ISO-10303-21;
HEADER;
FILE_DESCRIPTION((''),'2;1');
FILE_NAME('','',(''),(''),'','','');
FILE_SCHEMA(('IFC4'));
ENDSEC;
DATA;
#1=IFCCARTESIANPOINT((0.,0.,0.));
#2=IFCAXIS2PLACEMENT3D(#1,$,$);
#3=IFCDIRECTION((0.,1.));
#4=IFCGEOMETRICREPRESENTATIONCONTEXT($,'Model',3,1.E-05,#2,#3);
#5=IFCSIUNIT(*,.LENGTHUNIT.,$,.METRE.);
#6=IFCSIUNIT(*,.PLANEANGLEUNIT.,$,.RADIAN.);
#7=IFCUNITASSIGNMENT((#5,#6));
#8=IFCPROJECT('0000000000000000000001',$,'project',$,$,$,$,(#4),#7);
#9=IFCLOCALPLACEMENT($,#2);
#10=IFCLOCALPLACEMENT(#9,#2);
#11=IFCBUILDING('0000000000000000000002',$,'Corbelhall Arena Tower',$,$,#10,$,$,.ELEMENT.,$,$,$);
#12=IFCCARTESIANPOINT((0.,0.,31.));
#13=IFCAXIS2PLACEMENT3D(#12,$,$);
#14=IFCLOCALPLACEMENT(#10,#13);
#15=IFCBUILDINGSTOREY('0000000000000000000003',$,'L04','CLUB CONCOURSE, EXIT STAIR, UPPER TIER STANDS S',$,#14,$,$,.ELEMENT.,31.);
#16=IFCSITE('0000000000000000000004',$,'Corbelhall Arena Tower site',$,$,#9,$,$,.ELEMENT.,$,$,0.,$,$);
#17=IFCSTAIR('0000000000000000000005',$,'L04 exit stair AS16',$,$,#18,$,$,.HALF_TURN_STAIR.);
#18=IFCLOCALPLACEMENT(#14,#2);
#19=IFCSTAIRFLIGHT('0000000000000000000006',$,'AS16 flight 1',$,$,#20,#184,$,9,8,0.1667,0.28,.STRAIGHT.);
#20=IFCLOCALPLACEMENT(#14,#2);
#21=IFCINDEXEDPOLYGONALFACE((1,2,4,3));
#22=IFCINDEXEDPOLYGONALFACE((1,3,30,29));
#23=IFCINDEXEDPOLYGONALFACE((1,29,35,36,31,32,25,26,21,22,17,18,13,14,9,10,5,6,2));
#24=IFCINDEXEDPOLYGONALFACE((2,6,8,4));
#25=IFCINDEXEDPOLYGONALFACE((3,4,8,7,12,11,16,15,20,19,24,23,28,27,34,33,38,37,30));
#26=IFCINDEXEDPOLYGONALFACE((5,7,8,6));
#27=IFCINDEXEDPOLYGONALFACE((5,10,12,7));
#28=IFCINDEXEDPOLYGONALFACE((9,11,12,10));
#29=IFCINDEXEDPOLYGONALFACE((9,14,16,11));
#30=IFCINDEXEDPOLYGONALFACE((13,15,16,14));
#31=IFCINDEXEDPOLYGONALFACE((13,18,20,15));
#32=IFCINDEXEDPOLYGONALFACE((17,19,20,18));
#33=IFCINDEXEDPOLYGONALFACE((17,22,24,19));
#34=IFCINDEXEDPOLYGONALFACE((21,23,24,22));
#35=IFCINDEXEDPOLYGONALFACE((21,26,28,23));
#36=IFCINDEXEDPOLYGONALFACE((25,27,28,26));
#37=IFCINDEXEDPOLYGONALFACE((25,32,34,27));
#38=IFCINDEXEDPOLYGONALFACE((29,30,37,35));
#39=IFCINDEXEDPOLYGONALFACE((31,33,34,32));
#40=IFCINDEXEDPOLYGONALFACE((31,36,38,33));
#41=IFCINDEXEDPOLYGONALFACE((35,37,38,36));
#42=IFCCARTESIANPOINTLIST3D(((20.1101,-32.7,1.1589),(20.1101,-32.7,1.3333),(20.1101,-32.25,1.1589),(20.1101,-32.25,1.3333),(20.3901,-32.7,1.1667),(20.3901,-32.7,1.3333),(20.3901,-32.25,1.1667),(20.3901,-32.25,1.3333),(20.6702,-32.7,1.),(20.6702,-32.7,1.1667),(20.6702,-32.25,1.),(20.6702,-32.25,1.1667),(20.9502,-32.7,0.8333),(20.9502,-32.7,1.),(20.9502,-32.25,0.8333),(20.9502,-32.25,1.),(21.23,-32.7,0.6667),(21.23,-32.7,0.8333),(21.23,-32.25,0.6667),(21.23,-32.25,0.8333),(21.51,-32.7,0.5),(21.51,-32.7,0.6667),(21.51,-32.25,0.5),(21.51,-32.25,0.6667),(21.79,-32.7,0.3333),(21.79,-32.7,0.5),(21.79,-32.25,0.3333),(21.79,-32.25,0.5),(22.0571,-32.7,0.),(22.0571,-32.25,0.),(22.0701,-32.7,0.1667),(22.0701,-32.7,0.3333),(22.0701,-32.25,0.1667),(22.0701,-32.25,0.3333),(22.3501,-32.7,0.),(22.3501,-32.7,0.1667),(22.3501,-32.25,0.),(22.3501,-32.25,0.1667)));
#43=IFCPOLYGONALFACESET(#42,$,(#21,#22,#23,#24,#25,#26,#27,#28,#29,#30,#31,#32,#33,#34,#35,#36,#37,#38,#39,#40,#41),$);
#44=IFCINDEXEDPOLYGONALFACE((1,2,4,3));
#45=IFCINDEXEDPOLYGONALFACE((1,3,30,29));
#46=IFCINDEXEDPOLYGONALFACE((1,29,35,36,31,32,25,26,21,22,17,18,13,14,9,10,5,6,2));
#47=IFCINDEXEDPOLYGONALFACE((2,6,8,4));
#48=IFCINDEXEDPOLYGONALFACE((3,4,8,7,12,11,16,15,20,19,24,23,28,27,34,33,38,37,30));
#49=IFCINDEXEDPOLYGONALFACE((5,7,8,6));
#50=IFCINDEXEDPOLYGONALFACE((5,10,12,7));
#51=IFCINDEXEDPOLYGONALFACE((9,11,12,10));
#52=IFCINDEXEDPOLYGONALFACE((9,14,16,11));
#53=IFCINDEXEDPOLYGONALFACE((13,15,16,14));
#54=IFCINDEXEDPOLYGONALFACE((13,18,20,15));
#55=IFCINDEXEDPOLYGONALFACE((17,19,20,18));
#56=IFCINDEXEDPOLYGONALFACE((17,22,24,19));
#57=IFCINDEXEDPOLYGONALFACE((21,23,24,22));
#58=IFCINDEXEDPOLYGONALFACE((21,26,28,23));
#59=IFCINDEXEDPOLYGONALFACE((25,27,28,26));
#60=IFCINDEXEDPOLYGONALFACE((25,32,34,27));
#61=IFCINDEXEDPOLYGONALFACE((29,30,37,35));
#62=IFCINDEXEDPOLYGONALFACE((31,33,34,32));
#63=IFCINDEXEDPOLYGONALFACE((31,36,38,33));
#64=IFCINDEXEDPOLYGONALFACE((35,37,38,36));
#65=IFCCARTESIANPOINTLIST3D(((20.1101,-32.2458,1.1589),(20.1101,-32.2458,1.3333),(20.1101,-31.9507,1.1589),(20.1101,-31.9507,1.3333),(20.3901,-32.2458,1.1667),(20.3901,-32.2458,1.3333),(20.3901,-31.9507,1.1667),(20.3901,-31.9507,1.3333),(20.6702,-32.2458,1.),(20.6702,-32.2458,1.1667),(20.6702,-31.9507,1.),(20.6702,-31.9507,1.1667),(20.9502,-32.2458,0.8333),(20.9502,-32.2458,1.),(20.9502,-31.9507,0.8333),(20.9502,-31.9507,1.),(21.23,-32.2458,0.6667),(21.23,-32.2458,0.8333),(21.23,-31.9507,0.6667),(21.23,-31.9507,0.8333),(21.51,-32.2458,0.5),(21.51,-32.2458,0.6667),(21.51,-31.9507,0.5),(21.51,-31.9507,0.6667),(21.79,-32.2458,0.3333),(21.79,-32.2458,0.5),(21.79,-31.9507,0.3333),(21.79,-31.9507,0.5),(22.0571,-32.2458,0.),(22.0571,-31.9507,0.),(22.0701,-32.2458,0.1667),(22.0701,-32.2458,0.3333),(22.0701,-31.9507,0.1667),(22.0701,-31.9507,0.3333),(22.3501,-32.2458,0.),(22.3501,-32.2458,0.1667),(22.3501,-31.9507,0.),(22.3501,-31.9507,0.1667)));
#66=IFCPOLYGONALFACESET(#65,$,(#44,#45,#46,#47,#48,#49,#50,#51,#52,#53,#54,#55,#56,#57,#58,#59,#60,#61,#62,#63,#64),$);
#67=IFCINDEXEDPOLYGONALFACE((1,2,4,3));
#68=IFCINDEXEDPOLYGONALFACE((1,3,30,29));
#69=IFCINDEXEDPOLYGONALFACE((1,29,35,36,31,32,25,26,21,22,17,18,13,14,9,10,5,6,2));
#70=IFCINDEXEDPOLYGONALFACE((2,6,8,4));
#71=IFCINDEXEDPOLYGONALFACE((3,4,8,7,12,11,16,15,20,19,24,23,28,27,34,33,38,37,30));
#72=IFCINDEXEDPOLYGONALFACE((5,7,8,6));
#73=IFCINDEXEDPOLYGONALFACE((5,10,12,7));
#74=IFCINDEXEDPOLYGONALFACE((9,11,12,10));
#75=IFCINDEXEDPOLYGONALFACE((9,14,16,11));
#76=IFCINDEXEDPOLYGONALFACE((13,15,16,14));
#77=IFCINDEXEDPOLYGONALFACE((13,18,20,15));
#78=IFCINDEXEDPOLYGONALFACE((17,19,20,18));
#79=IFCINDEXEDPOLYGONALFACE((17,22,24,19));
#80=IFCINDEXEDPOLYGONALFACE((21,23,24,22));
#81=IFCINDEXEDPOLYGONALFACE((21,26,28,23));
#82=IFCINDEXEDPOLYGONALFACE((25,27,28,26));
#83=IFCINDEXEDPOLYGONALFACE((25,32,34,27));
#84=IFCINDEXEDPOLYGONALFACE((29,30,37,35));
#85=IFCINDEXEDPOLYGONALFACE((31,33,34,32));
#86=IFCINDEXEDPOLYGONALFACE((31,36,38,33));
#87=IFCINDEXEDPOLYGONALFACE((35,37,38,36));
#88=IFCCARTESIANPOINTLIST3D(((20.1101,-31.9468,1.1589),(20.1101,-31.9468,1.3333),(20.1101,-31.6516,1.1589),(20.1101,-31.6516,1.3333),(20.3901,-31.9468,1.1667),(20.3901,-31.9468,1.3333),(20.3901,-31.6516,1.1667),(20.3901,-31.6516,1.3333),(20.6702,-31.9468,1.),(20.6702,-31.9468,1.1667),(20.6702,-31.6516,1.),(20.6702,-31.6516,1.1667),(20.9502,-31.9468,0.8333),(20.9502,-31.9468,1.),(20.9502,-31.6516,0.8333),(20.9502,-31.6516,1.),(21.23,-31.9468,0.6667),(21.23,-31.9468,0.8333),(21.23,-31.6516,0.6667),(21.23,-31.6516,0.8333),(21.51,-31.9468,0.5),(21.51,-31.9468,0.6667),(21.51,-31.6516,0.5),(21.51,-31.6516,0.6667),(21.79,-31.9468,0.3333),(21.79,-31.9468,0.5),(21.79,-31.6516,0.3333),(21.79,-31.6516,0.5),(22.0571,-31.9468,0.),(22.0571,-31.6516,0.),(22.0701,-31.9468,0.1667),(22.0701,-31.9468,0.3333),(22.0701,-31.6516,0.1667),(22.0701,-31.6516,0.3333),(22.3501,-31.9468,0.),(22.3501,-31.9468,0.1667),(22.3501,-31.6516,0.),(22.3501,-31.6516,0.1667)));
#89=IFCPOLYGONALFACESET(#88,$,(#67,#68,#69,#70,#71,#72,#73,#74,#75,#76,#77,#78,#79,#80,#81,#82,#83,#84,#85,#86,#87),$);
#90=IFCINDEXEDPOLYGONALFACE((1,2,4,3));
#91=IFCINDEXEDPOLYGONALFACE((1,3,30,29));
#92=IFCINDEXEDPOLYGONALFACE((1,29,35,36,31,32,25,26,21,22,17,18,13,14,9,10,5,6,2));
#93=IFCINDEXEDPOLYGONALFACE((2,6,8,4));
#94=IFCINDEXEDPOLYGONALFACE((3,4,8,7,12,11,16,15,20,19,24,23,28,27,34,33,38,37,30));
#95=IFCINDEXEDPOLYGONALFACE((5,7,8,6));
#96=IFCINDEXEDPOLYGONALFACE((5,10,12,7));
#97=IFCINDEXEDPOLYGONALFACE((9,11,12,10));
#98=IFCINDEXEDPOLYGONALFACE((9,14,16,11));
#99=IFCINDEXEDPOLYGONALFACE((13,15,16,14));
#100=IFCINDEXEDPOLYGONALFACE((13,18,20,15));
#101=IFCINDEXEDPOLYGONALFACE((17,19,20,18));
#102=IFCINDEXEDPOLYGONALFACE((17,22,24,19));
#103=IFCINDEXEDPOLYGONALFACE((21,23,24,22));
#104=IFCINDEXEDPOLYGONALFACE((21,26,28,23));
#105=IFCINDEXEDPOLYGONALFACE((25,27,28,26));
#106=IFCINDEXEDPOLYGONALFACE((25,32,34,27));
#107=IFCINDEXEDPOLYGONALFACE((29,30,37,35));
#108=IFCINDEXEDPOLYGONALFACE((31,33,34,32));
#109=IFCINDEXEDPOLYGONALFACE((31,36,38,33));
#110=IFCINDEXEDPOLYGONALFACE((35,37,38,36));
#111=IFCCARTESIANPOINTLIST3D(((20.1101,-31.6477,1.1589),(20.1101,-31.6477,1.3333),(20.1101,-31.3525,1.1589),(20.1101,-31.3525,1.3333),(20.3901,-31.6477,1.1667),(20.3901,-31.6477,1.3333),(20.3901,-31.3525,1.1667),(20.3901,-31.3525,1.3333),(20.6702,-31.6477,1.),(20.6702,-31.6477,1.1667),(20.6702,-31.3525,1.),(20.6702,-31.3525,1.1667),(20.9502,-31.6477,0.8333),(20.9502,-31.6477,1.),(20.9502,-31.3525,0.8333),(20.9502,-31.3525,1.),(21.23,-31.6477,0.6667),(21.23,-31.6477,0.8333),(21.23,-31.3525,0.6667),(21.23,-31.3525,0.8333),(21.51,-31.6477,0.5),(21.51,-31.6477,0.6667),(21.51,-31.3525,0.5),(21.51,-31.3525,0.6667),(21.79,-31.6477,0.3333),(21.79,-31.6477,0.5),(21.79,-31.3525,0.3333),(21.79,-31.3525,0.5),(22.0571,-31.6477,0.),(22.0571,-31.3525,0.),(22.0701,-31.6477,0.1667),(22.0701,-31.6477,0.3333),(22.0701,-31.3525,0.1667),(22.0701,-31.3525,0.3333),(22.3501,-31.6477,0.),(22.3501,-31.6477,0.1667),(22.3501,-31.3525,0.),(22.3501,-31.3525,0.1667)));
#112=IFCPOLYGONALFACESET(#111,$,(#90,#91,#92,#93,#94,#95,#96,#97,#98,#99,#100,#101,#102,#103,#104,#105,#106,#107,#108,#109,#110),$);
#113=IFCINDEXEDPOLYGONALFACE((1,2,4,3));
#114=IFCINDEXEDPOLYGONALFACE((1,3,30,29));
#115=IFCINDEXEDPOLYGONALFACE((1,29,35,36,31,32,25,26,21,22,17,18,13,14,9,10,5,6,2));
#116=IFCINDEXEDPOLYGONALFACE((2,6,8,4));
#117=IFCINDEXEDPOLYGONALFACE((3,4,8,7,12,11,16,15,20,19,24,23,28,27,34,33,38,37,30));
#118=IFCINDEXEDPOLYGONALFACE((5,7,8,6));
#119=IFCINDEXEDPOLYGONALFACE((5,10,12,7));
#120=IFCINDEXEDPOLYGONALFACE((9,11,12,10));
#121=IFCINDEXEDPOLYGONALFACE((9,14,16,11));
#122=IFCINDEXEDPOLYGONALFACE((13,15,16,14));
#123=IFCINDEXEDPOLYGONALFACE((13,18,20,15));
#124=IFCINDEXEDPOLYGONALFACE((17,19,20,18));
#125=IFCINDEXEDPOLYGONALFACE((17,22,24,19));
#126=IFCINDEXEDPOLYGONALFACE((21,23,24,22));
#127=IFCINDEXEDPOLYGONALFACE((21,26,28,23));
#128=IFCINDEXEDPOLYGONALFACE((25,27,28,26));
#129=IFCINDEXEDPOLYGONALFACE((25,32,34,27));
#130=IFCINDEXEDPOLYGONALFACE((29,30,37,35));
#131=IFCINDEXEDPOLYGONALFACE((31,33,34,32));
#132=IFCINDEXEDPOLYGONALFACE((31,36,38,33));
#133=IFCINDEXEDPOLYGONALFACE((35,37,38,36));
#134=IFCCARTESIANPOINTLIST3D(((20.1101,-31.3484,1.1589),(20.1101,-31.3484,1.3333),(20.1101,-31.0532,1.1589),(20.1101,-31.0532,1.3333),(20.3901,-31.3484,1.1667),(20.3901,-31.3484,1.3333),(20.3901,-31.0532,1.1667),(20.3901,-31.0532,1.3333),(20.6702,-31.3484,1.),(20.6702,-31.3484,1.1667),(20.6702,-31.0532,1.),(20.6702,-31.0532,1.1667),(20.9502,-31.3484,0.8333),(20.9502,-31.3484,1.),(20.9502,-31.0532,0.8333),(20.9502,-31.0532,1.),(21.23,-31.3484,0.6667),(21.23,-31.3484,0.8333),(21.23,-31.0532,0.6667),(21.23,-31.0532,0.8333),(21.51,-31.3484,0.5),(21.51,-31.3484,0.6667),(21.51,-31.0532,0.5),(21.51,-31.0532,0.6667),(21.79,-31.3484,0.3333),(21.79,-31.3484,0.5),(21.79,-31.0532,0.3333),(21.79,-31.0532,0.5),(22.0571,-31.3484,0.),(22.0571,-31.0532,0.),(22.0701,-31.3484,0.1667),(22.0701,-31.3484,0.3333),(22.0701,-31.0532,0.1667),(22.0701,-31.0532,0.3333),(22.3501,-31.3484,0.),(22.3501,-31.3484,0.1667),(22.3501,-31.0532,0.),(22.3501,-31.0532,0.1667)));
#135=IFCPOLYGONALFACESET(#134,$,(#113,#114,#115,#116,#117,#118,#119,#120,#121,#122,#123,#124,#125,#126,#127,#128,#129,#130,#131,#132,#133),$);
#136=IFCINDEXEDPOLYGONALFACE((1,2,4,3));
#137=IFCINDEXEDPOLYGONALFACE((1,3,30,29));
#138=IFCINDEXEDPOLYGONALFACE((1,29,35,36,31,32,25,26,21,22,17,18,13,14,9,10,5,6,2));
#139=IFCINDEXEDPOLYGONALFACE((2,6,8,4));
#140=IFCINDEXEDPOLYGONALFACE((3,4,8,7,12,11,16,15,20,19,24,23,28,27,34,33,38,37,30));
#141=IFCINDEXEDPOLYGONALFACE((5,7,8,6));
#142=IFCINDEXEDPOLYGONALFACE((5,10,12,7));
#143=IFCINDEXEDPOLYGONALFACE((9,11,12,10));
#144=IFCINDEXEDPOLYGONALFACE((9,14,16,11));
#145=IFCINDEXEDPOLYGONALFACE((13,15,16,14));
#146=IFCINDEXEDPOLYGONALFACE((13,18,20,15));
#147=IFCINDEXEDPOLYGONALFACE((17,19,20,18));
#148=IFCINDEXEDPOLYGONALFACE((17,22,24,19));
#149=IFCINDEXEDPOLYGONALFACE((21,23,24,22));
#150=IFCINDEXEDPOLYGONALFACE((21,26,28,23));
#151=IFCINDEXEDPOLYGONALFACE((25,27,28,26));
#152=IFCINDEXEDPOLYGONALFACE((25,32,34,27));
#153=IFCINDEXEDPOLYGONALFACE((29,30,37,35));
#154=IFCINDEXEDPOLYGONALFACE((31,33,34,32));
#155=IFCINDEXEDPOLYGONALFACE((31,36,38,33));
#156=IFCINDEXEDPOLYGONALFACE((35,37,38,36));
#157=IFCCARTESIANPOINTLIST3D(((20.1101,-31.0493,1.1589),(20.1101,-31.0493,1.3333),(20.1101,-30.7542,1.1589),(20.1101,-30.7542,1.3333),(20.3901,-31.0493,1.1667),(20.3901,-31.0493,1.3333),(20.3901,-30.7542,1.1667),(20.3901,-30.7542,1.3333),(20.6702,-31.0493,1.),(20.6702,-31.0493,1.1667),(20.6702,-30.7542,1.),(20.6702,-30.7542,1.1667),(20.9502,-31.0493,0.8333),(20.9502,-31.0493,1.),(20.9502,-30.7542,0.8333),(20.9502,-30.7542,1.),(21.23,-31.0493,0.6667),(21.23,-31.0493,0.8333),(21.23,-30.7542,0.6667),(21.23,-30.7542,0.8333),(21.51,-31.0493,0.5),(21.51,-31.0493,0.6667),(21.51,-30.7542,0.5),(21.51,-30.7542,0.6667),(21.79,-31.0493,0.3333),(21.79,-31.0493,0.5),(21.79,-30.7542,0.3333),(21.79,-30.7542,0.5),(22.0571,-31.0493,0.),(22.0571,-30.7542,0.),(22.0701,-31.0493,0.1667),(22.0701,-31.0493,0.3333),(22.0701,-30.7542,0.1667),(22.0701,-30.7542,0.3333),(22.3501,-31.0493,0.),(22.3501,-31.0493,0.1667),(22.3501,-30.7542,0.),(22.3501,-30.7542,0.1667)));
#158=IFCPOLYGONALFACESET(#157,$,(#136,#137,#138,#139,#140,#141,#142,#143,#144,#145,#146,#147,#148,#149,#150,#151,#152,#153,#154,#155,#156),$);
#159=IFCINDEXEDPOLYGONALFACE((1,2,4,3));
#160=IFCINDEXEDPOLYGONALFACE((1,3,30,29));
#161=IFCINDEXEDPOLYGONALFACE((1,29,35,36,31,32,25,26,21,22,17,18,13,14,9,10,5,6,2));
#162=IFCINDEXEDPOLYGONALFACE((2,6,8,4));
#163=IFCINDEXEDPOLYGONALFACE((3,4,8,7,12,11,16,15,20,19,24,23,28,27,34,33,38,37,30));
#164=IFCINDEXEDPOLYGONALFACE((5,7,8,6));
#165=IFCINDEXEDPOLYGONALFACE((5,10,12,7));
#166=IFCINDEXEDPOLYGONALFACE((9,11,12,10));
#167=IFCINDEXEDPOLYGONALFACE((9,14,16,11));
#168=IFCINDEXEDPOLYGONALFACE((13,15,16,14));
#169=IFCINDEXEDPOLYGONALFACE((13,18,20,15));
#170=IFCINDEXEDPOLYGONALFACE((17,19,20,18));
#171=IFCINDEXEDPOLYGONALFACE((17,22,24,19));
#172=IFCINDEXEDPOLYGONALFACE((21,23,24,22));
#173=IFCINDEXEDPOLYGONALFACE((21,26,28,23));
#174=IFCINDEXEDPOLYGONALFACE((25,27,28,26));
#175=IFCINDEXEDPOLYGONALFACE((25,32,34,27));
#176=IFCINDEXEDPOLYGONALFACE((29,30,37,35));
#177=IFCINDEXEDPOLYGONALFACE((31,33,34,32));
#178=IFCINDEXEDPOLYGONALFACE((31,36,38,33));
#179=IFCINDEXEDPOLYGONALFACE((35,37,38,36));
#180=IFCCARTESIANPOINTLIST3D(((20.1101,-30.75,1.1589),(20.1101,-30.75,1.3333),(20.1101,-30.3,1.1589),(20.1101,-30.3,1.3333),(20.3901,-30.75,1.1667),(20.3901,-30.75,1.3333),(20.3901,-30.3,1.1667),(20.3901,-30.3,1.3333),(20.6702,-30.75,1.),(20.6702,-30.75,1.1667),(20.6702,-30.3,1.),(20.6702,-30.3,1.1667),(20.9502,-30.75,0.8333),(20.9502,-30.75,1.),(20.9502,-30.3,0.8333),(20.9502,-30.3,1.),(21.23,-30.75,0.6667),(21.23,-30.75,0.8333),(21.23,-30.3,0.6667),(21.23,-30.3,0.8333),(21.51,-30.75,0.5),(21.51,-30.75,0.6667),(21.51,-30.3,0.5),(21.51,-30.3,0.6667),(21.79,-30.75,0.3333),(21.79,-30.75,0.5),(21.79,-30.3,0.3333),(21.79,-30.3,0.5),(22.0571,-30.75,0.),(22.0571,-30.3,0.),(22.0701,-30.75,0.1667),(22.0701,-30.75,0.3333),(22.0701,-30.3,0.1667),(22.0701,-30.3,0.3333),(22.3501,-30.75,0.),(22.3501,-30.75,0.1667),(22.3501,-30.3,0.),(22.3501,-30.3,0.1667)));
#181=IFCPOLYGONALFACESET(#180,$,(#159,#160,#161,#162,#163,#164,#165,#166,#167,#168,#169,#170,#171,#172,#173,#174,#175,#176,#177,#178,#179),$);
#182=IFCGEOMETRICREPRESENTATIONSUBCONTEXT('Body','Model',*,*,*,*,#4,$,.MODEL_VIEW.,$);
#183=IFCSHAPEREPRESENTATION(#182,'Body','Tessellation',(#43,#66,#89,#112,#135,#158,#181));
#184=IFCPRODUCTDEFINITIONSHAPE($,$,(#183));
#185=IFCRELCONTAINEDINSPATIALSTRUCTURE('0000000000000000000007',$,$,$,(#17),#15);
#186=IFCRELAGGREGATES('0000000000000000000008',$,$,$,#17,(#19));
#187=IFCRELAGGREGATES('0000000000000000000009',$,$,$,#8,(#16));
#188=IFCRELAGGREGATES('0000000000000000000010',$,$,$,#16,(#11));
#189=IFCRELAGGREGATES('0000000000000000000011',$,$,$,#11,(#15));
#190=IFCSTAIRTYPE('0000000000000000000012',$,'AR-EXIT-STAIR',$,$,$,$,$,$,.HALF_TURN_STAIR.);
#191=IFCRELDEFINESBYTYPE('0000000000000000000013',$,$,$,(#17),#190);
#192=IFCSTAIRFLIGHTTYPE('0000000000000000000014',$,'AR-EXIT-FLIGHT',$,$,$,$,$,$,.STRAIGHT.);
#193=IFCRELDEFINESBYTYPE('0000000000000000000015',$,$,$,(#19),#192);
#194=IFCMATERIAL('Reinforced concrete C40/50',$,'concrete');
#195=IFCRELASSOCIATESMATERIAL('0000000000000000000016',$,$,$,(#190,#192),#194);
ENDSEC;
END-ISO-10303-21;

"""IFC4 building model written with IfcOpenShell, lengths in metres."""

from ifc_helpers import new_model, si_unit, direction, frame, origin, place, context, subcontext, project, spatial, polyline, outline, extrude, material, type_object, element, aggregate, save


model = new_model("IFC4")

# Units and contexts
model_context = context("Model", 3, precision=1e-05, world=origin(), true_north=direction((0.0, 1.0)))
body_context = subcontext(model_context, "Body", "Model", "MODEL_VIEW")
ifc_project = project(units=[si_unit("LENGTHUNIT", "METRE"), si_unit("PLANEANGLEUNIT", "RADIAN")], contexts=[model_context])

# Site, building, storey
site_placement = place(None, origin())
site = spatial("IfcSite", under=ifc_project, at=site_placement, Name="Corbelhall Arena Tower site", CompositionType="ELEMENT", RefElevation=0.0)
building_placement = place(site_placement, origin())
building = spatial("IfcBuilding", under=site, at=building_placement, Name="Corbelhall Arena Tower", CompositionType="ELEMENT")
storey_placement = place(building_placement, frame((0.0, 0.0, 31.0)))
storey = spatial("IfcBuildingStorey", under=building, at=storey_placement, Name="L04", Description="CLUB CONCOURSE, EXIT STAIR, UPPER TIER STANDS S", CompositionType="ELEMENT", Elevation=31.0)

# Shared definitions
ifc_material_1 = material(Name="Reinforced concrete C40/50", Category="concrete")

# Stair, stair flight
stair_type = type_object("IfcStairType", Name="AR-EXIT-STAIR", PredefinedType="HALF_TURN_STAIR", material=ifc_material_1)
stair_flight_type = type_object("IfcStairFlightType", Name="AR-EXIT-FLIGHT", PredefinedType="STRAIGHT", material=ifc_material_1)
stair_1_placement = place(storey_placement, origin())
stair_1 = element("IfcStair", 1, at=stair_1_placement, inside=storey, type_object=stair_type, Name="L04 exit stair AS16", PredefinedType="HALF_TURN_STAIR")
stair_flight_1_placement = place(storey_placement, frame((22.3501, -31.5, 0.0), z_axis=(0.0, 0.0, 1.0), x_axis=(-1.0, 0.0, 0.0)))
stair_flight_1 = element("IfcStairFlight", 2, at=stair_flight_1_placement, type_object=stair_flight_type, Name="AS16 flight 1", NumberOfRisers=9, NumberOfTreads=8, PredefinedType="STRAIGHT", RiserHeight=0.1667, TreadLength=0.28, context=body_context, shape_type="SweptSolid", body=[
    extrude(outline(polyline([(0.0, 0.0), (0.0, 0.1667), (0.28, 0.1667), (0.28, 0.3333), (0.5601, 0.3333), (0.5601, 0.5), (0.8401, 0.5), (0.8401, 0.6667), (1.1201, 0.6667), (1.1201, 0.8333), (1.3999, 0.8333), (1.3999, 1.0), (1.6799, 1.0), (1.6799, 1.1667), (1.96, 1.1667), (1.96, 1.3333), (2.24, 1.3333), (2.24, 1.5), (2.24, 1.1589), (0.293, 0.0), (0.0, 0.0)])), frame((0.0, 1.2, 0.0), z_axis=(0.0, -1.0, 0.0), x_axis=(1.0, 0.0, 0.0)), (0.0, 0.0, 1.0), 0.45),
    extrude(outline(polyline([(0.0, 0.0), (0.0, 0.1667), (0.28, 0.1667), (0.28, 0.3333), (0.5601, 0.3333), (0.5601, 0.5), (0.8401, 0.5), (0.8401, 0.6667), (1.1201, 0.6667), (1.1201, 0.8333), (1.3999, 0.8333), (1.3999, 1.0), (1.6799, 1.0), (1.6799, 1.1667), (1.96, 1.1667), (1.96, 1.3333), (2.24, 1.3333), (2.24, 1.5), (2.24, 1.1589), (0.293, 0.0), (0.0, 0.0)])), frame((0.0, 0.7458, 0.0), z_axis=(0.0, -1.0, 0.0), x_axis=(1.0, 0.0, 0.0)), (0.0, 0.0, 1.0), 0.2952),
    extrude(outline(polyline([(0.0, 0.0), (0.0, 0.1667), (0.28, 0.1667), (0.28, 0.3333), (0.5601, 0.3333), (0.5601, 0.5), (0.8401, 0.5), (0.8401, 0.6667), (1.1201, 0.6667), (1.1201, 0.8333), (1.3999, 0.8333), (1.3999, 1.0), (1.6799, 1.0), (1.6799, 1.1667), (1.96, 1.1667), (1.96, 1.3333), (2.24, 1.3333), (2.24, 1.5), (2.24, 1.1589), (0.293, 0.0), (0.0, 0.0)])), frame((0.0, 0.4468, 0.0), z_axis=(0.0, -1.0, 0.0), x_axis=(1.0, 0.0, 0.0)), (0.0, 0.0, 1.0), 0.2952),
    extrude(outline(polyline([(0.0, 0.0), (0.0, 0.1667), (0.28, 0.1667), (0.28, 0.3333), (0.5601, 0.3333), (0.5601, 0.5), (0.8401, 0.5), (0.8401, 0.6667), (1.1201, 0.6667), (1.1201, 0.8333), (1.3999, 0.8333), (1.3999, 1.0), (1.6799, 1.0), (1.6799, 1.1667), (1.96, 1.1667), (1.96, 1.3333), (2.24, 1.3333), (2.24, 1.5), (2.24, 1.1589), (0.293, 0.0), (0.0, 0.0)])), frame((0.0, 0.1477, 0.0), z_axis=(0.0, -1.0, 0.0), x_axis=(1.0, 0.0, 0.0)), (0.0, 0.0, 1.0), 0.2952),
    extrude(outline(polyline([(0.0, 0.0), (0.0, 0.1667), (0.28, 0.1667), (0.28, 0.3333), (0.5601, 0.3333), (0.5601, 0.5), (0.8401, 0.5), (0.8401, 0.6667), (1.1201, 0.6667), (1.1201, 0.8333), (1.3999, 0.8333), (1.3999, 1.0), (1.6799, 1.0), (1.6799, 1.1667), (1.96, 1.1667), (1.96, 1.3333), (2.24, 1.3333), (2.24, 1.5), (2.24, 1.1589), (0.293, 0.0), (0.0, 0.0)])), frame((0.0, -0.1516, 0.0), z_axis=(0.0, -1.0, 0.0), x_axis=(1.0, 0.0, 0.0)), (0.0, 0.0, 1.0), 0.2952),
    extrude(outline(polyline([(0.0, 0.0), (0.0, 0.1667), (0.28, 0.1667), (0.28, 0.3333), (0.5601, 0.3333), (0.5601, 0.5), (0.8401, 0.5), (0.8401, 0.6667), (1.1201, 0.6667), (1.1201, 0.8333), (1.3999, 0.8333), (1.3999, 1.0), (1.6799, 1.0), (1.6799, 1.1667), (1.96, 1.1667), (1.96, 1.3333), (2.24, 1.3333), (2.24, 1.5), (2.24, 1.1589), (0.293, 0.0), (0.0, 0.0)])), frame((0.0, -0.4507, 0.0), z_axis=(0.0, -1.0, 0.0), x_axis=(1.0, 0.0, 0.0)), (0.0, 0.0, 1.0), 0.2952),
    extrude(outline(polyline([(0.0, 0.0), (0.0, 0.1667), (0.28, 0.1667), (0.28, 0.3333), (0.5601, 0.3333), (0.5601, 0.5), (0.8401, 0.5), (0.8401, 0.6667), (1.1201, 0.6667), (1.1201, 0.8333), (1.3999, 0.8333), (1.3999, 1.0), (1.6799, 1.0), (1.6799, 1.1667), (1.96, 1.1667), (1.96, 1.3333), (2.24, 1.3333), (2.24, 1.5), (2.24, 1.1589), (0.293, 0.0), (0.0, 0.0)])), frame((0.0, -0.75, 0.0), z_axis=(0.0, -1.0, 0.0), x_axis=(1.0, 0.0, 0.0)), (0.0, 0.0, 1.0), 0.45),
])
aggregate(stair_1, [stair_flight_1])

save(model, "model.ifc")
